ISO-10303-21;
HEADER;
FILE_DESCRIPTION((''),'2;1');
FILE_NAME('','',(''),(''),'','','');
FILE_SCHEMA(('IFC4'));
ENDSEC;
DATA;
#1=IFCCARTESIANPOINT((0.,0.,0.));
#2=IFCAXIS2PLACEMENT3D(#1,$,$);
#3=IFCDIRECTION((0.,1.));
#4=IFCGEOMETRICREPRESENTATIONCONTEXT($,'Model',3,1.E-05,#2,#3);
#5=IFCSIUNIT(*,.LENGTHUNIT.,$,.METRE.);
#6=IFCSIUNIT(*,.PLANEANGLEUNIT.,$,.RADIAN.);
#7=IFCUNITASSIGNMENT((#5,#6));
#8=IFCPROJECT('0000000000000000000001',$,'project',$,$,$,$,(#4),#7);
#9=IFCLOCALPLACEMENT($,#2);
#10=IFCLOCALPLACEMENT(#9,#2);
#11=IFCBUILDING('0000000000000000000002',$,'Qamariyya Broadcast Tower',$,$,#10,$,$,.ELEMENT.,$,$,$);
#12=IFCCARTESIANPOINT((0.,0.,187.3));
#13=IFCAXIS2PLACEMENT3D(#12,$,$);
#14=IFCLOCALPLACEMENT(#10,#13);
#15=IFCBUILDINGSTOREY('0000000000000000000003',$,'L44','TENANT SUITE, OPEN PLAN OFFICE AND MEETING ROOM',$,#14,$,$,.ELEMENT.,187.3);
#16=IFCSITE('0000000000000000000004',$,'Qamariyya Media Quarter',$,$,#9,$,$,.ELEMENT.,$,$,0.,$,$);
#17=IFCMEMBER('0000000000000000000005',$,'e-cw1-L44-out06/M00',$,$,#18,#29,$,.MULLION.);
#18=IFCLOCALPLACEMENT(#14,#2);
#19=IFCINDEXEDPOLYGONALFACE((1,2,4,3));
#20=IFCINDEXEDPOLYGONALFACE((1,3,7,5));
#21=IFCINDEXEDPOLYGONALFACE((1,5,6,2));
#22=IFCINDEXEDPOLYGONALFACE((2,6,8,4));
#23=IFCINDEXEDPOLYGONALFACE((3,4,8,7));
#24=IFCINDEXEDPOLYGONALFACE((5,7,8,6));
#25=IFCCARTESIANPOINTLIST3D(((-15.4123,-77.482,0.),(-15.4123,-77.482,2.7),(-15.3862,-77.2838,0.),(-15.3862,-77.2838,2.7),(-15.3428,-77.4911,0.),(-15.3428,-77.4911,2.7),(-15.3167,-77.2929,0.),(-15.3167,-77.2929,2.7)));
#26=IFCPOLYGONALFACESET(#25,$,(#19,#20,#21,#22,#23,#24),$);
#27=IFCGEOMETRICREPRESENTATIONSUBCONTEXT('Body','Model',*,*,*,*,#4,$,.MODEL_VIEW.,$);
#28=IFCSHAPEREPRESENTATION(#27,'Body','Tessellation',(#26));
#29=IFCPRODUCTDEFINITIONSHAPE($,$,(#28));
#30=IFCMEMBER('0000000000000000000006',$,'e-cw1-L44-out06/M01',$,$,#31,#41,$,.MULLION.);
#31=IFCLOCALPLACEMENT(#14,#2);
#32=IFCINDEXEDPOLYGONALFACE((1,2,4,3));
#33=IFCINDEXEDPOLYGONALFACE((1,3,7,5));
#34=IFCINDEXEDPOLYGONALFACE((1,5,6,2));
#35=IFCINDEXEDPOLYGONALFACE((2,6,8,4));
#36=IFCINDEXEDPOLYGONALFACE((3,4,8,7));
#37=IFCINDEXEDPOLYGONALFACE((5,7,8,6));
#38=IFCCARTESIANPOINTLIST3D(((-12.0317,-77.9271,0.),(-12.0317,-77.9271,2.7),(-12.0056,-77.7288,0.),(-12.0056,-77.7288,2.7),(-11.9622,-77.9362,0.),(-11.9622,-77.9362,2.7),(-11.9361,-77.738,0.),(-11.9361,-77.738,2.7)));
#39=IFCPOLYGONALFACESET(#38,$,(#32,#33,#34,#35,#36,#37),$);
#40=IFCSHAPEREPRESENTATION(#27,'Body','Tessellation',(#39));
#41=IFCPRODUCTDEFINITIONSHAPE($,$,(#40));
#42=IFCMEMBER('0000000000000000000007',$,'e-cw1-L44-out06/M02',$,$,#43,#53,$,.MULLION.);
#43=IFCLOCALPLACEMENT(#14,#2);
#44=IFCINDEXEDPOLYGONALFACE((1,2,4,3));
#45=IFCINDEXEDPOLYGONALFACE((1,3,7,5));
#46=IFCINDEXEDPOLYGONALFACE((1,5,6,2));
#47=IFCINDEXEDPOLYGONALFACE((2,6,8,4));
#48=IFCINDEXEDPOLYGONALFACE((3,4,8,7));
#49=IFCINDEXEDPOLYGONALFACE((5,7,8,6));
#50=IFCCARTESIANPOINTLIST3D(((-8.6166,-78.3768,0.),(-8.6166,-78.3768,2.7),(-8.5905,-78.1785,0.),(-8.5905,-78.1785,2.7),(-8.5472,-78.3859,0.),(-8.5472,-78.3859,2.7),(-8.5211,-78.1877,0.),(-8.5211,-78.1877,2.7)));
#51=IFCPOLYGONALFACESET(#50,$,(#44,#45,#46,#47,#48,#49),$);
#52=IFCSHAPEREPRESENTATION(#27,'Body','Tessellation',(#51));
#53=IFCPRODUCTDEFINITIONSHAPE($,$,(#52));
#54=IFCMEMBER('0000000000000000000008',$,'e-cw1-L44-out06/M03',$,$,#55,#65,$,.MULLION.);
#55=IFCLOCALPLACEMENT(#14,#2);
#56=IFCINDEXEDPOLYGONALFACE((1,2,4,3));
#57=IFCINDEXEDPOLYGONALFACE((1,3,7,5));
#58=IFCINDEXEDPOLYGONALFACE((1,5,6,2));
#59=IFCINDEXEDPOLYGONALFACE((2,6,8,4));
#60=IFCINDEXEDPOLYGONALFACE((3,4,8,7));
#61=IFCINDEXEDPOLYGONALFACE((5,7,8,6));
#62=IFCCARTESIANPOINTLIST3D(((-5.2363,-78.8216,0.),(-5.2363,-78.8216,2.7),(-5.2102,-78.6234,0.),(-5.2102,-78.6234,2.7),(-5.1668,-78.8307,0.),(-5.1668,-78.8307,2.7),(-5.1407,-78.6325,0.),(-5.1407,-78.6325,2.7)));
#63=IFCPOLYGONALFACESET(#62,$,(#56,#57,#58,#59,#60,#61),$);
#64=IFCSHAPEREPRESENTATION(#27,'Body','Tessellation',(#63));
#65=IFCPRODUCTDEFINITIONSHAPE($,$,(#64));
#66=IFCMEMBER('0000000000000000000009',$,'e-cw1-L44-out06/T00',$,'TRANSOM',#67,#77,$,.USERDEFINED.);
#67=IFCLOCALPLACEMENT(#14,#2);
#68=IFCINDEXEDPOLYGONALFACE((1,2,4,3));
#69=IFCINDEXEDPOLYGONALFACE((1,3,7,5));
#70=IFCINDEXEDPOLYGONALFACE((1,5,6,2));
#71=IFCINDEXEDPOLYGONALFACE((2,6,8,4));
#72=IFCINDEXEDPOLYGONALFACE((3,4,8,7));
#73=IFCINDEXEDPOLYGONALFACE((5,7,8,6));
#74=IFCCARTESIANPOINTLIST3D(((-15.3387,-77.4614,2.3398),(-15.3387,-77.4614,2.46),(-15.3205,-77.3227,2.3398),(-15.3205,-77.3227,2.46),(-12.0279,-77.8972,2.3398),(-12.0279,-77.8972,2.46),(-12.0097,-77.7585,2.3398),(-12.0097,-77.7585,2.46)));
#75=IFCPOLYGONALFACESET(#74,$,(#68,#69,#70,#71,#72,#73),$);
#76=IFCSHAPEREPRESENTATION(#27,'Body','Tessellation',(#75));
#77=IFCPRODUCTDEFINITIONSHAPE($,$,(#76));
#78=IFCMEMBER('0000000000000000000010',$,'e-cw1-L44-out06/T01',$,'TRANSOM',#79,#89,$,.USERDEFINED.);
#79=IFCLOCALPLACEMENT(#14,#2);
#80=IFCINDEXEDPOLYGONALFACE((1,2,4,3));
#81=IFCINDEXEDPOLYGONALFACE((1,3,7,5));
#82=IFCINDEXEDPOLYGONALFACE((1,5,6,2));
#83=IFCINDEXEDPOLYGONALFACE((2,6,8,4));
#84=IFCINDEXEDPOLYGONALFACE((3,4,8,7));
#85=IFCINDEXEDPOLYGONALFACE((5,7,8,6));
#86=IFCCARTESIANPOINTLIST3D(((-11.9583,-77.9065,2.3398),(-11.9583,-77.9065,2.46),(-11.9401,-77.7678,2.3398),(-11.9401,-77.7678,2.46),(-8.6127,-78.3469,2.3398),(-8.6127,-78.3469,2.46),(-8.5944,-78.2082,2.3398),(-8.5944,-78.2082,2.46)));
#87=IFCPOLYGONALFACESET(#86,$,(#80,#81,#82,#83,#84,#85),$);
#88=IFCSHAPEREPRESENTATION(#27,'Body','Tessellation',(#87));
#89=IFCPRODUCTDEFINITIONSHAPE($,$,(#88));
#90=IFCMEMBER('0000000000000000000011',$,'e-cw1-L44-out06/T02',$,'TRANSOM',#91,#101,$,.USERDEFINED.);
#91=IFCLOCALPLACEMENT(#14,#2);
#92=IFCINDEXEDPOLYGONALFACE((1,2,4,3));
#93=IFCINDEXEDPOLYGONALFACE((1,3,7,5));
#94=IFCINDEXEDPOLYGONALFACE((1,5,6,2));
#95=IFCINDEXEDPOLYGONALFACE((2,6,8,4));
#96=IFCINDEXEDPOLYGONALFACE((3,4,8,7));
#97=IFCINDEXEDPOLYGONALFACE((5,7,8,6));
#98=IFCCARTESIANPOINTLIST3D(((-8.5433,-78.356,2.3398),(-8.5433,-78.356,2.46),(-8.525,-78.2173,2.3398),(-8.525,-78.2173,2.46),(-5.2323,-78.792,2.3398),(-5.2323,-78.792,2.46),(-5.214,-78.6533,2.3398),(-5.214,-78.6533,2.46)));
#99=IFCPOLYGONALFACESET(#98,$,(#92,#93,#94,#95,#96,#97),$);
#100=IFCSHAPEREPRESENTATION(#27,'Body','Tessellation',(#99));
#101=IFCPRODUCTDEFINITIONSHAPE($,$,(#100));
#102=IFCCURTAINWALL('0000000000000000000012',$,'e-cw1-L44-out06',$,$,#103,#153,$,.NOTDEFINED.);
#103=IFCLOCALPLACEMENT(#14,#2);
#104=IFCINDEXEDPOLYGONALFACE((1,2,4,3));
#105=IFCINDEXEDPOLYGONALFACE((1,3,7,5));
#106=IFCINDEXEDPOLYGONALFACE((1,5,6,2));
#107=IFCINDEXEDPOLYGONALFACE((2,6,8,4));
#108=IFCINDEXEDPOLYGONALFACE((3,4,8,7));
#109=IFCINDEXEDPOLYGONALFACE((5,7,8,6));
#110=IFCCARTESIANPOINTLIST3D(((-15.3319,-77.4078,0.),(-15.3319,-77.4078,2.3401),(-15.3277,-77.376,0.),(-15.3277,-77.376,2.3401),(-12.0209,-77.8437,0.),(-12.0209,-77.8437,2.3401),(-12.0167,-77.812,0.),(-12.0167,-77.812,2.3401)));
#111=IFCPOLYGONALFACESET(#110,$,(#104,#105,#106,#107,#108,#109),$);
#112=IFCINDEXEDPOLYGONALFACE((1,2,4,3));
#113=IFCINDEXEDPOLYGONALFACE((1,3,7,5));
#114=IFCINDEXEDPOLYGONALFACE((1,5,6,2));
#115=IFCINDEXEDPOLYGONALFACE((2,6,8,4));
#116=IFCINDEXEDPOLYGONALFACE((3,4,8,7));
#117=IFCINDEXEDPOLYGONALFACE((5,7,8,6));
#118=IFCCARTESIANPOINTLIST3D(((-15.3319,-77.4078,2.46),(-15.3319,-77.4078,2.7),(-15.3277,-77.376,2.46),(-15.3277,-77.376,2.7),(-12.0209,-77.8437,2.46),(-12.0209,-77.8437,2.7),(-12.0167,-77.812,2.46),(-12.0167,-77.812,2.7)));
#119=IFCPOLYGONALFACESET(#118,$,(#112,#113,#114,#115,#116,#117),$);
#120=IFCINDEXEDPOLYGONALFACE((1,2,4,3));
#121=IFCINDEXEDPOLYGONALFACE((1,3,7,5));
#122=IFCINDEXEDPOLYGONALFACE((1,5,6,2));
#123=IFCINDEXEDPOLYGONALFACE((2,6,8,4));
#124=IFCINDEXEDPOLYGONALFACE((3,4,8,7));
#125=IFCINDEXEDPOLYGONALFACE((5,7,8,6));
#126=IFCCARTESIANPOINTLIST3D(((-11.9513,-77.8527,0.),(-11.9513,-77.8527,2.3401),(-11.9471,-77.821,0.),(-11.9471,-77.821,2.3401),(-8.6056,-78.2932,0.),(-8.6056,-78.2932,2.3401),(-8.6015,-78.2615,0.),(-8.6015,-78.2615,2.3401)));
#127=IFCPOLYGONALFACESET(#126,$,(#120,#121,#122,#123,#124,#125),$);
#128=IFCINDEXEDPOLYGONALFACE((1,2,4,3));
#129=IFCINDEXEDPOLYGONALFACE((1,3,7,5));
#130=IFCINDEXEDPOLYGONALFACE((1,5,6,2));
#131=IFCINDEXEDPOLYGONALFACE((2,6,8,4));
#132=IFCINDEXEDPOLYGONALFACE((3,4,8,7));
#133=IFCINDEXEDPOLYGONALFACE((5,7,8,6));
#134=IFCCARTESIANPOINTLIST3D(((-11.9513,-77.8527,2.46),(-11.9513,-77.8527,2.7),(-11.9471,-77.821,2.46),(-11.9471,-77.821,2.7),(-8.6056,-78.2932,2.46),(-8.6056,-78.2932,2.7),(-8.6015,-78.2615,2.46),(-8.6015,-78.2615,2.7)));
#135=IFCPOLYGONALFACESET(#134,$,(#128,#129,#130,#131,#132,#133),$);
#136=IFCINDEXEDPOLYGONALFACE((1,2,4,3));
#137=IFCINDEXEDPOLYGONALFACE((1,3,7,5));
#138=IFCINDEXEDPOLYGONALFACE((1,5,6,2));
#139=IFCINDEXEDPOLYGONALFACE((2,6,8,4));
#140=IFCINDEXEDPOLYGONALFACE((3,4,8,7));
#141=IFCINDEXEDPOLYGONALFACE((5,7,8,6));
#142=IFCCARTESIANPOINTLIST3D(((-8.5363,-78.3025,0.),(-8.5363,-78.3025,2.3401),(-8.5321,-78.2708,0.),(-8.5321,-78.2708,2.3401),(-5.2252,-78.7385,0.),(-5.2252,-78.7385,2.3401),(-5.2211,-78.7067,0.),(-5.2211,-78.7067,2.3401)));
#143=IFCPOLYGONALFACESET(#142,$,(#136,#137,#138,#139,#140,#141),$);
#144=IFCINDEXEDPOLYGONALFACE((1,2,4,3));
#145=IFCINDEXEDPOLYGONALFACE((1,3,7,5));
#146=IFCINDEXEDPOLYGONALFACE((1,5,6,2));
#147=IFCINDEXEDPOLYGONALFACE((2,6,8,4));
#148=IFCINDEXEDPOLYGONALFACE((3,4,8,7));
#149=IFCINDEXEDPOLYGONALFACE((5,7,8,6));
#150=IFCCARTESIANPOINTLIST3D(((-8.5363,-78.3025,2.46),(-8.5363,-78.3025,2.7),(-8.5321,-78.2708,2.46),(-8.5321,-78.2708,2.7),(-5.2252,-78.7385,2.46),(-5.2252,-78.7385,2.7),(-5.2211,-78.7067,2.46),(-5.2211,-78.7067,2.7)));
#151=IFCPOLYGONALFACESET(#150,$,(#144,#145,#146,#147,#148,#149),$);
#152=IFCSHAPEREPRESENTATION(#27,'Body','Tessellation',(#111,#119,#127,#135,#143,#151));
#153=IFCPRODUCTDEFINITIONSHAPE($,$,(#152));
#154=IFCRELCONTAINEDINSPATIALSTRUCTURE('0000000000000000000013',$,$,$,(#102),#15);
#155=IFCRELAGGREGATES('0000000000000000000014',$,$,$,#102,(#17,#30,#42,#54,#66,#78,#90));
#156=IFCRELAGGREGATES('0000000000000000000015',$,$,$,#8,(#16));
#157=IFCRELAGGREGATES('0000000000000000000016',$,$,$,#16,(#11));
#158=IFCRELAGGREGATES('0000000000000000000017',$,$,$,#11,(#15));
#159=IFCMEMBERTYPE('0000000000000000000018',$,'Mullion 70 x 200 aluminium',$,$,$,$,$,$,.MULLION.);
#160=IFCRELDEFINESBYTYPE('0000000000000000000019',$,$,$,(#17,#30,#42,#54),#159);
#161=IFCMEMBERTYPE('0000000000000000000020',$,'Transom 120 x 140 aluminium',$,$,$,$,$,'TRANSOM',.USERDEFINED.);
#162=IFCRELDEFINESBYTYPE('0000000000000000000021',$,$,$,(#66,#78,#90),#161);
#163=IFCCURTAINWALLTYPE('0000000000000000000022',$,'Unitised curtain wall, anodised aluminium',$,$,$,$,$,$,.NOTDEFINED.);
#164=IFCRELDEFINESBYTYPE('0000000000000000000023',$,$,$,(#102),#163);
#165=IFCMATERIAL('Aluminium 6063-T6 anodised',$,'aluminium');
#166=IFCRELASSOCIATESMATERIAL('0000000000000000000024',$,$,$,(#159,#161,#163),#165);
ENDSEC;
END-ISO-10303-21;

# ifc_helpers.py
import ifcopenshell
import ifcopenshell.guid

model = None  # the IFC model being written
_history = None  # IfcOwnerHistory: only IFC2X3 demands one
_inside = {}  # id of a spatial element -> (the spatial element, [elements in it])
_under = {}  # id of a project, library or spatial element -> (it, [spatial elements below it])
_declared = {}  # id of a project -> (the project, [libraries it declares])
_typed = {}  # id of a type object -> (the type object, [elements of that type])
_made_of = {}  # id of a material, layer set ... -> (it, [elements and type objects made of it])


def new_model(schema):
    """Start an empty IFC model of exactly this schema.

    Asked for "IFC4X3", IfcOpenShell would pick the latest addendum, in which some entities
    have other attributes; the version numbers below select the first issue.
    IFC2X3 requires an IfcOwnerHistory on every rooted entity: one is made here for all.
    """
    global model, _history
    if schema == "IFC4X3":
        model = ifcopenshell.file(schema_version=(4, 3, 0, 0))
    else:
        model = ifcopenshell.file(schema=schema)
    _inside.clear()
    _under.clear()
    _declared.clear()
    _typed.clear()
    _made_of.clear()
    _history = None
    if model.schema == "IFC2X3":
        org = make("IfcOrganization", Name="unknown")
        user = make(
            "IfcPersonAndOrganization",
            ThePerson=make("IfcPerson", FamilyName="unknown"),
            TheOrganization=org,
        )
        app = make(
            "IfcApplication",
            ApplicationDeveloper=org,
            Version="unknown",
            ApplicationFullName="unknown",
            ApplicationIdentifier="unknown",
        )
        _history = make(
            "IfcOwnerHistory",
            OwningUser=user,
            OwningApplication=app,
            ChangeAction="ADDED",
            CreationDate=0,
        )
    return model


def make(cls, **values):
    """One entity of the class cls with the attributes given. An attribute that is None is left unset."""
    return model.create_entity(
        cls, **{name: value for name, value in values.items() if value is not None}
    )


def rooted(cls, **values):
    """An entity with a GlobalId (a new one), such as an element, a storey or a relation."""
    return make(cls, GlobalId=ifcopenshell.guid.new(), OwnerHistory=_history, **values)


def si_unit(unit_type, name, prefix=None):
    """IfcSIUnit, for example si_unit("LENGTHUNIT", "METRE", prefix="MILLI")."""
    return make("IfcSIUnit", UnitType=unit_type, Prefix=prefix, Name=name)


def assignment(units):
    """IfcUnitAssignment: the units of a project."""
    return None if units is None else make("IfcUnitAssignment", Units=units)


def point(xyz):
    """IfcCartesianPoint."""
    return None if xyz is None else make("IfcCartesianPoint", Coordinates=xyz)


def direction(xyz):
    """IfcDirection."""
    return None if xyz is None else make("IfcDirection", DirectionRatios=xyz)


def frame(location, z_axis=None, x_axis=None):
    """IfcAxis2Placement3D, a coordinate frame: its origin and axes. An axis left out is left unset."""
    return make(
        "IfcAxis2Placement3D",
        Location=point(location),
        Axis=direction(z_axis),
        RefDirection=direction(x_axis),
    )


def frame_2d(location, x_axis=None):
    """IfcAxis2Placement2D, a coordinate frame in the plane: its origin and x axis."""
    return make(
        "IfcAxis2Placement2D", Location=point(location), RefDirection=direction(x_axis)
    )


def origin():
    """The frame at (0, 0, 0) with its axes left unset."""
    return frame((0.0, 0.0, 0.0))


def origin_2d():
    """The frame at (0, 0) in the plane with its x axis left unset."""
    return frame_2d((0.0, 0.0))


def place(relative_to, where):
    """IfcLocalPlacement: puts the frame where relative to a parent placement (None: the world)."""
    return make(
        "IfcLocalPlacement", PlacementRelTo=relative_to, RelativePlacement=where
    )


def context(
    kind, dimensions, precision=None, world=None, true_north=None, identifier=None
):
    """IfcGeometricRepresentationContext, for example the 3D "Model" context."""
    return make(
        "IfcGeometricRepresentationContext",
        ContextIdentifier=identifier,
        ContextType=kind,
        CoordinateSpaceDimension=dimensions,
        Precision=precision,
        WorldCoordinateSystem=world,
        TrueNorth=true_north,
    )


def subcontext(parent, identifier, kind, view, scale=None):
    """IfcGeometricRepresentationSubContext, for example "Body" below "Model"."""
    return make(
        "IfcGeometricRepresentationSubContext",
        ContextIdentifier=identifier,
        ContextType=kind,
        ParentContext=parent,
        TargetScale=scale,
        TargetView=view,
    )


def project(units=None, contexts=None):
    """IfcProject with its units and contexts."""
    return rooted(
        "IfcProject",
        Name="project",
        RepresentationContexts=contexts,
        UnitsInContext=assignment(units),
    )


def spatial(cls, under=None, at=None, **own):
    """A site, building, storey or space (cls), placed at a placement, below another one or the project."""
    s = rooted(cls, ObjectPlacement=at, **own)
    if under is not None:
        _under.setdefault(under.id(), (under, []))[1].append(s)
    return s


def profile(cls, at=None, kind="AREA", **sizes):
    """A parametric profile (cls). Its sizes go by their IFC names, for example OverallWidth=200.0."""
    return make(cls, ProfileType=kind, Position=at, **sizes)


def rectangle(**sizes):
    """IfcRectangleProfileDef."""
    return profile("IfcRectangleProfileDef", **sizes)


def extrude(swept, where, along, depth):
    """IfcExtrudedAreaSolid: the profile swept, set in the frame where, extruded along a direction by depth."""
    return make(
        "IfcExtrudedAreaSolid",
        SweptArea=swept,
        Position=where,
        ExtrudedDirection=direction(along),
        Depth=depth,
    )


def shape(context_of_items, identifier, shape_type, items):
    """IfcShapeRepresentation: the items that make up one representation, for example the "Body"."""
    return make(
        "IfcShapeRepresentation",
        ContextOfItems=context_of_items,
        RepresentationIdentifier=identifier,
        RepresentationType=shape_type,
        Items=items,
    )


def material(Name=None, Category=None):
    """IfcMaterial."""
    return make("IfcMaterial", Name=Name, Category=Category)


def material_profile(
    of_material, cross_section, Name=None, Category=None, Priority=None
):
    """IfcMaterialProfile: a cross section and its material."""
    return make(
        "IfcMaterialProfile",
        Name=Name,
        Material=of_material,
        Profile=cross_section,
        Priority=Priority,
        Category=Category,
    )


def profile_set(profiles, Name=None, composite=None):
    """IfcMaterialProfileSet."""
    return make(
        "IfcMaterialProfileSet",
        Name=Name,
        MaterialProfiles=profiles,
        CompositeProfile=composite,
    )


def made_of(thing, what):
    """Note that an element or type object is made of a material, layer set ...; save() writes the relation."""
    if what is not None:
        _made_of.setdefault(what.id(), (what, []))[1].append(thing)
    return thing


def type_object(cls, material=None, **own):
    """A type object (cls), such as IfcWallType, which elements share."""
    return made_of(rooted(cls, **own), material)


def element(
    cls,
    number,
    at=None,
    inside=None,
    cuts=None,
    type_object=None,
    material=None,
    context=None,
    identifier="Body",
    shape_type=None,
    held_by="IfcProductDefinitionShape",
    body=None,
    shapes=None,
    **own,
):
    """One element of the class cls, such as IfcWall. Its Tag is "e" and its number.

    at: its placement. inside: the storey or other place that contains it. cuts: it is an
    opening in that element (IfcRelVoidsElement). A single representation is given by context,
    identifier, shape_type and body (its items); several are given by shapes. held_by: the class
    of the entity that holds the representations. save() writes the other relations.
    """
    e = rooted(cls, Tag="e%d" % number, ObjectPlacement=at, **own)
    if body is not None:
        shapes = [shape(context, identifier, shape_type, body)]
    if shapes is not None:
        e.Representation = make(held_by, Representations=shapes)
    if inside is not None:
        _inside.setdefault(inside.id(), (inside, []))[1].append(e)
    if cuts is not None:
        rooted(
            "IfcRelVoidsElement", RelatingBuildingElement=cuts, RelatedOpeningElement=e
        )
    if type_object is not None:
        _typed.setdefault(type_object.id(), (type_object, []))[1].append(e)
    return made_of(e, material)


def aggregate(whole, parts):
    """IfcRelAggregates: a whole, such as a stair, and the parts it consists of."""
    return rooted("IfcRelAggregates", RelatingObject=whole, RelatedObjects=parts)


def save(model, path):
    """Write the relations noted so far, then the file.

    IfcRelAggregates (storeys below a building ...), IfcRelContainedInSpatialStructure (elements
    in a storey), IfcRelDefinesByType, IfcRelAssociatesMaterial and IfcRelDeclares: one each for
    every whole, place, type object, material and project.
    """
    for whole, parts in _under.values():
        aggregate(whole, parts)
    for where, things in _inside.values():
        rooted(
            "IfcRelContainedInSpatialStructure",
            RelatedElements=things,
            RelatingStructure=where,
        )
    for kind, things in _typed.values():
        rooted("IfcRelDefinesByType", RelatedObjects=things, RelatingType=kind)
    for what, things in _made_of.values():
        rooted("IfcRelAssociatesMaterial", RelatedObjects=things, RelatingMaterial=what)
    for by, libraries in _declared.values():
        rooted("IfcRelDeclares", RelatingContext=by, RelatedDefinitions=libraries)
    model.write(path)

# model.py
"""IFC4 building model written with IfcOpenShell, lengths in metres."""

from ifc_helpers import new_model, si_unit, direction, frame, origin, origin_2d, place, context, subcontext, project, spatial, rectangle, extrude, material, material_profile, profile_set, type_object, element, aggregate, save


model = new_model("IFC4")

# Units and contexts
model_context = context("Model", 3, precision=1e-05, world=origin(), true_north=direction((0.0, 1.0)))
body_context = subcontext(model_context, "Body", "Model", "MODEL_VIEW")
ifc_project = project(units=[si_unit("LENGTHUNIT", "METRE"), si_unit("PLANEANGLEUNIT", "RADIAN")], contexts=[model_context])

# Members
ifc_material = material(Name="Aluminium 6063-T6 anodised", Category="aluminium")
ifc_material_profile_1 = material_profile(ifc_material, rectangle(XDim=0.2, YDim=0.0701, at=origin_2d()))
ifc_profile_set_1 = profile_set([ifc_material_profile_1], Name="Aluminium 6063-T6 anodised")
member_type_1 = type_object("IfcMemberType", Name="Mullion 70 x 200 aluminium", PredefinedType="MULLION", material=ifc_profile_set_1)
site_placement = place(None, origin())
building_placement = place(site_placement, origin())
storey_placement = place(building_placement, frame((0.0, 0.0, 187.3)))
member_1_placement = place(storey_placement, frame((-15.3645, -77.3875, 0.0), z_axis=(0.0, 0.0, 1.0), x_axis=(0.130526, 0.991445, 0.0)))
member_1 = element("IfcMember", 1, at=member_1_placement, type_object=member_type_1, Name="e-cw1-L44-out06/M00", PredefinedType="MULLION", context=body_context, shape_type="SweptSolid", body=[
    extrude(rectangle(XDim=0.2, YDim=0.0701, at=origin_2d()), origin(), (0.0, 0.0, 1.0), 2.7),
])
member_2_placement = place(storey_placement, frame((-11.9839, -77.8325, 0.0), z_axis=(0.0, 0.0, 1.0), x_axis=(0.130526, 0.991445, 0.0)))
member_2 = element("IfcMember", 2, at=member_2_placement, type_object=member_type_1, Name="e-cw1-L44-out06/M01", PredefinedType="MULLION", context=body_context, shape_type="SweptSolid", body=[
    extrude(rectangle(XDim=0.2, YDim=0.0701, at=origin_2d()), origin(), (0.0, 0.0, 1.0), 2.7),
])
member_3_placement = place(storey_placement, frame((-8.5688, -78.2822, 0.0), z_axis=(0.0, 0.0, 1.0), x_axis=(0.130526, 0.991445, 0.0)))
member_3 = element("IfcMember", 3, at=member_3_placement, type_object=member_type_1, Name="e-cw1-L44-out06/M02", PredefinedType="MULLION", context=body_context, shape_type="SweptSolid", body=[
    extrude(rectangle(XDim=0.2, YDim=0.0701, at=origin_2d()), origin(), (0.0, 0.0, 1.0), 2.7),
])
member_4_placement = place(storey_placement, frame((-5.1885, -78.7271, 0.0), z_axis=(0.0, 0.0, 1.0), x_axis=(0.130526, 0.991445, 0.0)))
member_4 = element("IfcMember", 4, at=member_4_placement, type_object=member_type_1, Name="e-cw1-L44-out06/M03", PredefinedType="MULLION", context=body_context, shape_type="SweptSolid", body=[
    extrude(rectangle(XDim=0.2, YDim=0.0701, at=origin_2d()), origin(), (0.0, 0.0, 1.0), 2.7),
])
ifc_material_profile_2 = material_profile(ifc_material, rectangle(XDim=0.1399, YDim=0.1201, at=origin_2d()))
ifc_profile_set_2 = profile_set([ifc_material_profile_2], Name="Aluminium 6063-T6 anodised")
member_type_2 = type_object("IfcMemberType", Name="Transom 120 x 140 aluminium", ElementType="TRANSOM", PredefinedType="USERDEFINED", material=ifc_profile_set_2)
member_5_placement = place(storey_placement, frame((-15.3296, -77.3921, 2.3999), z_axis=(0.991448, -0.130502, 0.0), x_axis=(0.130502, 0.991448, 0.0)))
member_5 = element("IfcMember", 5, at=member_5_placement, type_object=member_type_2, Name="e-cw1-L44-out06/T00", ObjectType="TRANSOM", PredefinedType="USERDEFINED", context=body_context, shape_type="SweptSolid", body=[
    extrude(rectangle(XDim=0.1399, YDim=0.1201, at=origin_2d()), origin(), (0.0, 0.0, 1.0), 3.3394),
])
member_6_placement = place(storey_placement, frame((-11.9492, -77.8372, 2.3999), z_axis=(0.991446, -0.130514, 0.0), x_axis=(0.130514, 0.991446, 0.0)))
member_6 = element("IfcMember", 6, at=member_6_placement, type_object=member_type_2, Name="e-cw1-L44-out06/T01", ObjectType="TRANSOM", PredefinedType="USERDEFINED", context=body_context, shape_type="SweptSolid", body=[
    extrude(rectangle(XDim=0.1399, YDim=0.1201, at=origin_2d()), origin(), (0.0, 0.0, 1.0), 3.3745),
])
member_7_placement = place(storey_placement, frame((-8.5342, -78.2866, 2.3999), z_axis=(0.99144, -0.130564, 0.0), x_axis=(0.130564, 0.99144, 0.0)))
member_7 = element("IfcMember", 7, at=member_7_placement, type_object=member_type_2, Name="e-cw1-L44-out06/T02", ObjectType="TRANSOM", PredefinedType="USERDEFINED", context=body_context, shape_type="SweptSolid", body=[
    extrude(rectangle(XDim=0.1399, YDim=0.1201, at=origin_2d()), origin(), (0.0, 0.0, 1.0), 3.3396),
])

# Site, building, storey
site = spatial("IfcSite", under=ifc_project, at=site_placement, Name="Qamariyya Media Quarter", CompositionType="ELEMENT", RefElevation=0.0)
building = spatial("IfcBuilding", under=site, at=building_placement, Name="Qamariyya Broadcast Tower", CompositionType="ELEMENT")
storey = spatial("IfcBuildingStorey", under=building, at=storey_placement, Name="L44", Description="TENANT SUITE, OPEN PLAN OFFICE AND MEETING ROOM", CompositionType="ELEMENT", Elevation=187.3)

# Curtain wall
curtain_wall_type = type_object("IfcCurtainWallType", Name="Unitised curtain wall, anodised aluminium", PredefinedType="NOTDEFINED", material=ifc_material)
curtain_wall_1_placement = place(storey_placement, origin())
curtain_wall_1 = element("IfcCurtainWall", 8, at=curtain_wall_1_placement, inside=storey, type_object=curtain_wall_type, Name="e-cw1-L44-out06", PredefinedType="NOTDEFINED", context=body_context, shape_type="SweptSolid", body=[
    extrude(rectangle(XDim=3.3396, YDim=0.032, at=origin_2d()), frame((-13.6743, -77.6099, 0.0), x_axis=(0.991444, -0.130531, 0.0)), (0.0, 0.0, 1.0), 2.3401),
    extrude(rectangle(XDim=3.3396, YDim=0.032, at=origin_2d()), frame((-13.6743, -77.6099, 2.46), x_axis=(0.991444, -0.130531, 0.0)), (0.0, 0.0, 1.0), 0.24),
    extrude(rectangle(XDim=3.3745, YDim=0.032, at=origin_2d()), frame((-10.2764, -78.0571, 0.0), x_axis=(0.991444, -0.130531, 0.0)), (0.0, 0.0, 1.0), 2.3401),
    extrude(rectangle(XDim=3.3745, YDim=0.032, at=origin_2d()), frame((-10.2764, -78.0571, 2.46), x_axis=(0.991444, -0.130531, 0.0)), (0.0, 0.0, 1.0), 0.24),
    extrude(rectangle(XDim=3.3396, YDim=0.032, at=origin_2d()), frame((-6.8787, -78.5046, 0.0), x_axis=(0.991444, -0.130531, 0.0)), (0.0, 0.0, 1.0), 2.3401),
    extrude(rectangle(XDim=3.3396, YDim=0.032, at=origin_2d()), frame((-6.8787, -78.5046, 2.46), x_axis=(0.991444, -0.130531, 0.0)), (0.0, 0.0, 1.0), 0.24),
])
aggregate(curtain_wall_1, [member_1, member_2, member_3, member_4, member_5, member_6, member_7])

save(model, "model.ifc")
